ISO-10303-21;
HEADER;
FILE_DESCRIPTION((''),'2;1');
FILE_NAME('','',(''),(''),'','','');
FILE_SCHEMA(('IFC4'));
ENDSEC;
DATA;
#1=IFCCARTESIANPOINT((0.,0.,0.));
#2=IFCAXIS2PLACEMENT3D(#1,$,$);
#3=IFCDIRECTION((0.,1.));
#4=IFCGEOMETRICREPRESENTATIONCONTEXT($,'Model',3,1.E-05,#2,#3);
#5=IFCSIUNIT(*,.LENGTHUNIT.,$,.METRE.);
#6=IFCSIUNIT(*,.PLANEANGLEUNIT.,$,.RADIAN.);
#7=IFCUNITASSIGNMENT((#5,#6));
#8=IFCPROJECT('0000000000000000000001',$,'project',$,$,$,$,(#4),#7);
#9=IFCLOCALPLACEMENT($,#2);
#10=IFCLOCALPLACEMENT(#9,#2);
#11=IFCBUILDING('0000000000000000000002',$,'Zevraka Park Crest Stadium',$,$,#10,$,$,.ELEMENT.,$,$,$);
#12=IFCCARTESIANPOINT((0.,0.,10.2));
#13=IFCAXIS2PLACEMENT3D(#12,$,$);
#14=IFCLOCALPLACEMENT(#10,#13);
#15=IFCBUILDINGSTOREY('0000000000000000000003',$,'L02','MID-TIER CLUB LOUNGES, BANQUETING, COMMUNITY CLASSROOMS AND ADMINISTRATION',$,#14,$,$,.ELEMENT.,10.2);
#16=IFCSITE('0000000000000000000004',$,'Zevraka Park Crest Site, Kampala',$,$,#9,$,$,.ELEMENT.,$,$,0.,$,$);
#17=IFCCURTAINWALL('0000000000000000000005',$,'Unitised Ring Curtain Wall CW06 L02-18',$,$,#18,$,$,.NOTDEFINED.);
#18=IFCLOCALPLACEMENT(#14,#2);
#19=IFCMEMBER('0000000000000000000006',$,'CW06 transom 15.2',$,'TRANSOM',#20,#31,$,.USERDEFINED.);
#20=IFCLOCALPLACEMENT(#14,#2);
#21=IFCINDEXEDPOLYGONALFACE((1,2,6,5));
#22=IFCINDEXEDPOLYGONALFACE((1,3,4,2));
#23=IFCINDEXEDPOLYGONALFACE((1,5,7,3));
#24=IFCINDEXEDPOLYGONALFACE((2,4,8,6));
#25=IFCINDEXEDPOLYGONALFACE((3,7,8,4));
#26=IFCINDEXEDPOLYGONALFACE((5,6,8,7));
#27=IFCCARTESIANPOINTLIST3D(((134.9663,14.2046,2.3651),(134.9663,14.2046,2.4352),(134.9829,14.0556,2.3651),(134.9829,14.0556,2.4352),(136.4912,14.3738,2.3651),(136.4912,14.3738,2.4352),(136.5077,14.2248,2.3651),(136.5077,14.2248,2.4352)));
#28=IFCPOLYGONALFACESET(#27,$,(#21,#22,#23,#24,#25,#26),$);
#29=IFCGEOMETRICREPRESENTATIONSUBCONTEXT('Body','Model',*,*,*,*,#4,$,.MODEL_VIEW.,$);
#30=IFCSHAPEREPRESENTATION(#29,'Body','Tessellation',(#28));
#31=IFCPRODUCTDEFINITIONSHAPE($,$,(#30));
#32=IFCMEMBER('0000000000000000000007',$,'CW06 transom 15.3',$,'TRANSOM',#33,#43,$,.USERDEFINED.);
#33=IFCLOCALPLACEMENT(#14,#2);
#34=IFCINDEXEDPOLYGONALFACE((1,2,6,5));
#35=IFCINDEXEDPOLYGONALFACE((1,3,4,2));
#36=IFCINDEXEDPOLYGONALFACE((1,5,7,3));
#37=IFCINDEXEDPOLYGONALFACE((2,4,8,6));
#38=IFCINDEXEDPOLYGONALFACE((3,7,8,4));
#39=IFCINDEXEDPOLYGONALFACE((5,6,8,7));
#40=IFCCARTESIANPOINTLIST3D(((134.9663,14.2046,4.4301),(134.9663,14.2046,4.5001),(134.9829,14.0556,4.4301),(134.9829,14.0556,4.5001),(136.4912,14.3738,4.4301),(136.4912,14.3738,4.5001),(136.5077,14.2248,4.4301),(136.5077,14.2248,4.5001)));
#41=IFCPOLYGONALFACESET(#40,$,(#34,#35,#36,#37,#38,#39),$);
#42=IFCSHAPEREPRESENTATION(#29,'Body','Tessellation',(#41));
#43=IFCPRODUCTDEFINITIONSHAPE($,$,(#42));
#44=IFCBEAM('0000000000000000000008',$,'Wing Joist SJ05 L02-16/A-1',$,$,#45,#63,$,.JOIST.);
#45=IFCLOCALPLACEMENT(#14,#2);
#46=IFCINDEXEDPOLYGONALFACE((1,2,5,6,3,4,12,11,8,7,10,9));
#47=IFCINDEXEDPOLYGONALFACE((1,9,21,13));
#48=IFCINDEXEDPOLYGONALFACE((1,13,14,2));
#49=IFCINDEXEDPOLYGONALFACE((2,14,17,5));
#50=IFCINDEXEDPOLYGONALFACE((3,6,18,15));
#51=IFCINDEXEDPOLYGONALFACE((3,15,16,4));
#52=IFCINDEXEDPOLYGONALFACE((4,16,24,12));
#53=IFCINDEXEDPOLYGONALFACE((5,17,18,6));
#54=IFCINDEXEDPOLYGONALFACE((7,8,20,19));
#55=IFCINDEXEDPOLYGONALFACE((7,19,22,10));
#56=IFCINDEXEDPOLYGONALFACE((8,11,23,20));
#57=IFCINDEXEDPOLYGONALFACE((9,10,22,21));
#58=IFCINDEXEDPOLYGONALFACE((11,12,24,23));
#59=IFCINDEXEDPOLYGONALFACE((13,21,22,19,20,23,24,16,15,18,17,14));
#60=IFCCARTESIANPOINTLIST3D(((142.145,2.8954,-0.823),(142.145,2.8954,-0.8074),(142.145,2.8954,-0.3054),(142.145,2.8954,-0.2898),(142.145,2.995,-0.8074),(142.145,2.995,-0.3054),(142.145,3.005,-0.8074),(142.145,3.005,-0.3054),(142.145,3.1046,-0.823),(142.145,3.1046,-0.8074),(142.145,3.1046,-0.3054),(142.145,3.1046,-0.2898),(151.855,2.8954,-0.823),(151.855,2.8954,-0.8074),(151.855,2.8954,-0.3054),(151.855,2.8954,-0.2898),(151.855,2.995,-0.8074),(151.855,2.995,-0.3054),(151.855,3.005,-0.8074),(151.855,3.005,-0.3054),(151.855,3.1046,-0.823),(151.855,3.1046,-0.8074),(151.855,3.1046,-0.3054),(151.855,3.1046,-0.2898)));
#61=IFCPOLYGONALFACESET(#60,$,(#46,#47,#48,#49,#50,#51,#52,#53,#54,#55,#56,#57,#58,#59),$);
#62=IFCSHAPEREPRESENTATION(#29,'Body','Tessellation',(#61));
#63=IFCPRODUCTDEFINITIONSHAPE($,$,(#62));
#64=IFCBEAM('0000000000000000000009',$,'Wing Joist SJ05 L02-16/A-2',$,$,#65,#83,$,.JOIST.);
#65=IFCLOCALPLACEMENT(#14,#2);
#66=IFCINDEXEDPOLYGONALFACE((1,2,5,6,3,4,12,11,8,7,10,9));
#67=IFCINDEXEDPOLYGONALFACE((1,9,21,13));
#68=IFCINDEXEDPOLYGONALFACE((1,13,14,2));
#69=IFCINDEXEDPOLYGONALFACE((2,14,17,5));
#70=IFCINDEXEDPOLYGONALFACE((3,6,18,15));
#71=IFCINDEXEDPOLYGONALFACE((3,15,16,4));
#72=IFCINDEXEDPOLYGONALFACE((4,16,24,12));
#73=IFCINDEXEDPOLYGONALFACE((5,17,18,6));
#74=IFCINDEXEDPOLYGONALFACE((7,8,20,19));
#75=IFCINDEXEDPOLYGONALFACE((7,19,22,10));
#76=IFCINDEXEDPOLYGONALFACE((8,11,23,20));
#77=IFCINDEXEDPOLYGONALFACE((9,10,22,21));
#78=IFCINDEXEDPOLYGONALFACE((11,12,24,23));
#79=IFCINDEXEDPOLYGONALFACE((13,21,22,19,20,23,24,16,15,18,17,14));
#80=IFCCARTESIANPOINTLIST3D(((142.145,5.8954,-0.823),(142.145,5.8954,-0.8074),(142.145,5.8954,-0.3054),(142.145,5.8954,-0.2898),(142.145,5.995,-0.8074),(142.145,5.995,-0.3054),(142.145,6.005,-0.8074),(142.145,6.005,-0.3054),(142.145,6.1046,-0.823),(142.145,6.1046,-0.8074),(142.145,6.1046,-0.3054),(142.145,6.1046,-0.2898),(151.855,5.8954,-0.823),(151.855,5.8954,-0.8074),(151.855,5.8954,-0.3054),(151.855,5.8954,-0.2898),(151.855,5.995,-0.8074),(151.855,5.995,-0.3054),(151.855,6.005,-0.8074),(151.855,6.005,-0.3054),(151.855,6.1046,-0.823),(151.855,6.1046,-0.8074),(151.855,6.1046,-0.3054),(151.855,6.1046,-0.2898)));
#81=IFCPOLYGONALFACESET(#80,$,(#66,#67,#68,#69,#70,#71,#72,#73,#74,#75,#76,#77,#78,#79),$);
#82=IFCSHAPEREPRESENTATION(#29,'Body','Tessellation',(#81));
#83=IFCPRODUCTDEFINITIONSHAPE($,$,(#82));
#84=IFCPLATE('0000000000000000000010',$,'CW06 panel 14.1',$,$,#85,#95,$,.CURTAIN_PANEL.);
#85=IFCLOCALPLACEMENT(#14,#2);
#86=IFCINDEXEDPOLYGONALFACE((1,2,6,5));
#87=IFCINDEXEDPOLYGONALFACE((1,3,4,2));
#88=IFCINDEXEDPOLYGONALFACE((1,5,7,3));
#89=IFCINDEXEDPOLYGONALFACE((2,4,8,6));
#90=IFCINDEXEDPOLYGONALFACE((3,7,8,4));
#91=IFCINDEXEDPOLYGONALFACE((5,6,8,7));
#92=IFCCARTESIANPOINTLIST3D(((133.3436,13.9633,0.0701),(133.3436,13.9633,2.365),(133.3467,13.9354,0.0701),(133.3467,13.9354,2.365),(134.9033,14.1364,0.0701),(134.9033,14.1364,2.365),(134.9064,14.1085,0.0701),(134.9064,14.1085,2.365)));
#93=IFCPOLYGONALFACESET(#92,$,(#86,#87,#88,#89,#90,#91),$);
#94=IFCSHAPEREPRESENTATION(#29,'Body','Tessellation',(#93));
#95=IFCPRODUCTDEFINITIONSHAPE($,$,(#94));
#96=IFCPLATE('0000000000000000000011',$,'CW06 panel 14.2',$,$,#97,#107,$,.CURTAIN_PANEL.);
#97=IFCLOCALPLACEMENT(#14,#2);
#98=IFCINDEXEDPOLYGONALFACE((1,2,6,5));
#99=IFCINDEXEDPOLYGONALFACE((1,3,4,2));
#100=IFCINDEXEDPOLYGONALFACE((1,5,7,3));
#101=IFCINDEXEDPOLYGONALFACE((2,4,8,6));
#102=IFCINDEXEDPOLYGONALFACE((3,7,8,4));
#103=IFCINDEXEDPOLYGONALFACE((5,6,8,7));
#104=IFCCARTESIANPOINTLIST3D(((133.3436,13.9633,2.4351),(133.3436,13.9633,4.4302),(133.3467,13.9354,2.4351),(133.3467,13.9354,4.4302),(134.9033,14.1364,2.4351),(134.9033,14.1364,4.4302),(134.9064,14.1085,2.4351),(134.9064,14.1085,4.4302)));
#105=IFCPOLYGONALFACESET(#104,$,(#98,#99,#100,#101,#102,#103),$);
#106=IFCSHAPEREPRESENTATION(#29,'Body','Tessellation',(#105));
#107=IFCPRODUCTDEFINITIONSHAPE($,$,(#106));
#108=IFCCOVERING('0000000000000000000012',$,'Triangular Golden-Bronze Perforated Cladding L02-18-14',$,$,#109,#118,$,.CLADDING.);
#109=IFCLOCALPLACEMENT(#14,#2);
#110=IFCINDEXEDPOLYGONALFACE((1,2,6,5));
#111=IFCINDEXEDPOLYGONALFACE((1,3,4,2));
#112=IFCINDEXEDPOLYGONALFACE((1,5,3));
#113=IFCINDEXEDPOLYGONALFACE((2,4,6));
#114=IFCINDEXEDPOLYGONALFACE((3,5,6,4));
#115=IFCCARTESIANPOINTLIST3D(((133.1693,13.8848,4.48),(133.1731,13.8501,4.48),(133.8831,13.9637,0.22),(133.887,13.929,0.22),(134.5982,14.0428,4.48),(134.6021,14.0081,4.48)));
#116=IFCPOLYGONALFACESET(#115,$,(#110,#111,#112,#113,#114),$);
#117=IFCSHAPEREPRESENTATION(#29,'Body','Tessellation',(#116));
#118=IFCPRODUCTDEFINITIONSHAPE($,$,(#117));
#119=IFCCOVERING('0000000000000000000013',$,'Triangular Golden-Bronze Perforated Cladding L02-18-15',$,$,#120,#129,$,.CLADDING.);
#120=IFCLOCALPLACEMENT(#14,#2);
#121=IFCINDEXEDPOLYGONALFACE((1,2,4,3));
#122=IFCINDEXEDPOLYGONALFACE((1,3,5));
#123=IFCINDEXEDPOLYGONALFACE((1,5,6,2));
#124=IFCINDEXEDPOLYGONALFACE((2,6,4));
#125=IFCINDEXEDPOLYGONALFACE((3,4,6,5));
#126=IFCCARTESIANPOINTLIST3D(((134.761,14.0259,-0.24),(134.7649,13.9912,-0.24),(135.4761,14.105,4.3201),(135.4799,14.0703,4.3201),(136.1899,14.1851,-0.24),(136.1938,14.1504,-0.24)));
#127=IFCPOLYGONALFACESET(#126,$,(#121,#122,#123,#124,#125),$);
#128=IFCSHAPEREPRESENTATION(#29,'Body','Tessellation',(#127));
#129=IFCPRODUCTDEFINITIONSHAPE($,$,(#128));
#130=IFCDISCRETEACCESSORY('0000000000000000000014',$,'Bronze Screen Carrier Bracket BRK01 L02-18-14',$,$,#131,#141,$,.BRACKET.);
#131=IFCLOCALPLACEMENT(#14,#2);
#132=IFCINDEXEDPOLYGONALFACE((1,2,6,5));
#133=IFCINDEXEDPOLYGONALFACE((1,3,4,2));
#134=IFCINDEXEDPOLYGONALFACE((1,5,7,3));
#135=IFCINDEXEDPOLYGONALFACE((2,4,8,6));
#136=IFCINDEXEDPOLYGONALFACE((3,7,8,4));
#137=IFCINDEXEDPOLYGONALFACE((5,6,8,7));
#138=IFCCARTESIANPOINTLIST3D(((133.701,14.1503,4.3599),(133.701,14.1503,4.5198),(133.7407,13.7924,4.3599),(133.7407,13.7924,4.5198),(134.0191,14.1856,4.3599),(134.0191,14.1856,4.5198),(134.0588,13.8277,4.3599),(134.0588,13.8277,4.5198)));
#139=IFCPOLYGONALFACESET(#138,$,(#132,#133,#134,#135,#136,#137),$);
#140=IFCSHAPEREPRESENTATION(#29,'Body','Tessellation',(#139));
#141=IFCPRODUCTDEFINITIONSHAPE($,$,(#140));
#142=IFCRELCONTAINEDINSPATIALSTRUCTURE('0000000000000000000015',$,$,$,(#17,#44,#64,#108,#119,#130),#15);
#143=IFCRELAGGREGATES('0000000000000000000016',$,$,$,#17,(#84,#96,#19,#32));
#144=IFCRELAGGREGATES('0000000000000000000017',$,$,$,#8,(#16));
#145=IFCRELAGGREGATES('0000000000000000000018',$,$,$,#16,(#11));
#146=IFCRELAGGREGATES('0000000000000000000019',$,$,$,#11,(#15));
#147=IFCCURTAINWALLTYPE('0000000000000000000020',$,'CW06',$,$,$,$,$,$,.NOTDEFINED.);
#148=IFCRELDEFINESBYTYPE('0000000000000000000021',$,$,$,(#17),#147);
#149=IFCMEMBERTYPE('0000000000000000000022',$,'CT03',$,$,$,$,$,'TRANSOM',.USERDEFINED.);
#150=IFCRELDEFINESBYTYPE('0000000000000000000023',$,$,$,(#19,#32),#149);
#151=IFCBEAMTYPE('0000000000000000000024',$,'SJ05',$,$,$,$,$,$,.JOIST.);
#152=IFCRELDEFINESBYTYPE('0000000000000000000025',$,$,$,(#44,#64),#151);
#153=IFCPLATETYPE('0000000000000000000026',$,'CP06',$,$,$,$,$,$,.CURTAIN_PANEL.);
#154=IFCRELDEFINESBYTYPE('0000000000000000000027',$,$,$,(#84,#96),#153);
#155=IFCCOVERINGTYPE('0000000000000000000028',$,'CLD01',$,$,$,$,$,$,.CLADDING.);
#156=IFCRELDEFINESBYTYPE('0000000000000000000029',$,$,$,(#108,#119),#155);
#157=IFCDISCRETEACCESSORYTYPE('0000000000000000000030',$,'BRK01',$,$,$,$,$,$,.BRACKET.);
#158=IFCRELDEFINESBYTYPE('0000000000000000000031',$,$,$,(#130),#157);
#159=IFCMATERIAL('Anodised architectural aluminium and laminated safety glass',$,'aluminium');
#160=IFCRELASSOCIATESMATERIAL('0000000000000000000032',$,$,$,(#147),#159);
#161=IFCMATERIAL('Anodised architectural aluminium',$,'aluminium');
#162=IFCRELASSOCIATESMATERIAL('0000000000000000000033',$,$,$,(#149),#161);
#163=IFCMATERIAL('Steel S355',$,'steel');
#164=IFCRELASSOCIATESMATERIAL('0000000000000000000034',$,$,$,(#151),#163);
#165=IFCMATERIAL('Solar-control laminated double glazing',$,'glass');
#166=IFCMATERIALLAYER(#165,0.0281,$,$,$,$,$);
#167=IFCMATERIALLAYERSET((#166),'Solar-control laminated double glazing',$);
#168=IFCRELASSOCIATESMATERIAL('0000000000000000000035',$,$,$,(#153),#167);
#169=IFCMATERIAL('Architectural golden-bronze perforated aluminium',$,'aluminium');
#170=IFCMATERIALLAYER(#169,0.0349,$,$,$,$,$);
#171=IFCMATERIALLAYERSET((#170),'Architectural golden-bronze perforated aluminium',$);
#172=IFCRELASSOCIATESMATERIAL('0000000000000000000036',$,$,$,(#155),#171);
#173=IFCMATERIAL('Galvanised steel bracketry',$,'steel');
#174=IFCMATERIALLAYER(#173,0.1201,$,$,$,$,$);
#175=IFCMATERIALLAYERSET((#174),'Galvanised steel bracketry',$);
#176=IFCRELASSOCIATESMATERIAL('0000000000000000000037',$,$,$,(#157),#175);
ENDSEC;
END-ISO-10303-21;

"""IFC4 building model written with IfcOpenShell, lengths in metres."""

from ifc_helpers import new_model, si_unit, direction, frame, origin, origin_2d, place, context, subcontext, project, spatial, polyline, rectangle, i_section, outline, extrude, material, layer, layer_set, material_profile, profile_set, type_object, element, aggregate, save


model = new_model("IFC4")

# Units and contexts
model_context = context("Model", 3, precision=1e-05, world=origin(), true_north=direction((0.0, 1.0)))
body_context = subcontext(model_context, "Body", "Model", "MODEL_VIEW")
ifc_project = project(units=[si_unit("LENGTHUNIT", "METRE"), si_unit("PLANEANGLEUNIT", "RADIAN")], contexts=[model_context])

# Site, building, storey
site_placement = place(None, origin())
site = spatial("IfcSite", under=ifc_project, at=site_placement, Name="Zevraka Park Crest Site, Kampala", CompositionType="ELEMENT", RefElevation=0.0)
building_placement = place(site_placement, origin())
building = spatial("IfcBuilding", under=site, at=building_placement, Name="Zevraka Park Crest Stadium", CompositionType="ELEMENT")
storey_placement = place(building_placement, frame((0.0, 0.0, 10.2)))
storey = spatial("IfcBuildingStorey", under=building, at=storey_placement, Name="L02", Description="MID-TIER CLUB LOUNGES, BANQUETING, COMMUNITY CLASSROOMS AND ADMINISTRATION", CompositionType="ELEMENT", Elevation=10.2)

# Curtain wall, members
ifc_material_1 = material(Name="Anodised architectural aluminium and laminated safety glass", Category="aluminium")
curtain_wall_type = type_object("IfcCurtainWallType", Name="CW06", PredefinedType="NOTDEFINED", material=ifc_material_1)
curtain_wall_placement = place(storey_placement, origin())
curtain_wall = element("IfcCurtainWall", 1, at=curtain_wall_placement, inside=storey, type_object=curtain_wall_type, Name="Unitised Ring Curtain Wall CW06 L02-18", PredefinedType="NOTDEFINED")
ifc_material_2 = material(Name="Anodised architectural aluminium", Category="aluminium")
ifc_material_profile_1 = material_profile(ifc_material_2, rectangle(XDim=0.1499, YDim=0.0701, at=origin_2d()), Name="ALU TRANSOM 150x70")
ifc_profile_set_1 = profile_set([ifc_material_profile_1], Name="Anodised architectural aluminium")
member_type_1 = type_object("IfcMemberType", Name="CT03", ElementType="TRANSOM", PredefinedType="USERDEFINED", material=ifc_profile_set_1)
member_1_placement = place(storey_placement, frame((134.9746, 14.1301, 2.4001), z_axis=(0.993901, 0.110274, 0.0), x_axis=(-0.110274, 0.993901, 0.0)))
member_1 = element("IfcMember", 2, at=member_1_placement, type_object=member_type_1, Name="CW06 transom 15.2", ObjectType="TRANSOM", PredefinedType="USERDEFINED", context=body_context, shape_type="SweptSolid", body=[
    extrude(rectangle(XDim=0.1499, YDim=0.0701, at=origin_2d()), origin(), (0.0, 0.0, 1.0), 1.5342),
])
member_2_placement = place(storey_placement, frame((134.9746, 14.1301, 4.4651), z_axis=(0.993901, 0.110274, 0.0), x_axis=(-0.110274, 0.993901, 0.0)))
member_2 = element("IfcMember", 3, at=member_2_placement, type_object=member_type_1, Name="CW06 transom 15.3", ObjectType="TRANSOM", PredefinedType="USERDEFINED", context=body_context, shape_type="SweptSolid", body=[
    extrude(rectangle(XDim=0.1499, YDim=0.0701, at=origin_2d()), origin(), (0.0, 0.0, 1.0), 1.5342),
])

# Beams
ifc_material_3 = material(Name="Steel S355", Category="steel")
ifc_material_profile_2 = material_profile(ifc_material_3, i_section(OverallWidth=0.2092, OverallDepth=0.5332, WebThickness=0.01, FlangeThickness=0.0156, at=origin_2d()), Name="UKB 533x210x92")
ifc_profile_set_2 = profile_set([ifc_material_profile_2], Name="Steel S355")
beam_type_1 = type_object("IfcBeamType", Name="SJ05", PredefinedType="JOIST", material=ifc_profile_set_2)
for number, where, z_axis, x_axis, name in (
    (4, (142.145, 3.0, -0.5564), (1.0, 0.0, 0.0), (0.0, 1.0, 0.0), "Wing Joist SJ05 L02-16/A-1"),
    (5, (142.145, 6.0, -0.5564), (1.0, 0.0, 0.0), (0.0, 1.0, 0.0), "Wing Joist SJ05 L02-16/A-2"),
):
    element("IfcBeam", number, at=place(storey_placement, frame(where, z_axis=z_axis, x_axis=x_axis)), inside=storey, type_object=beam_type_1, Name=name, PredefinedType="JOIST", context=body_context, shape_type="SweptSolid", body=[
        extrude(i_section(OverallWidth=0.2092, OverallDepth=0.5332, WebThickness=0.01, FlangeThickness=0.0156, at=origin_2d()), origin(), (0.0, 0.0, 1.0), 9.71),
    ])

# Plates
ifc_material_4 = material(Name="Solar-control laminated double glazing", Category="glass")
ifc_layer_1 = layer(ifc_material_4, 0.0281)
ifc_layer_set_1 = layer_set([ifc_layer_1], Name="Solar-control laminated double glazing")
plate_type = type_object("IfcPlateType", Name="CP06", PredefinedType="CURTAIN_PANEL", material=ifc_layer_set_1)
plate_1_placement = place(storey_placement, frame((134.125, 14.0359, 0.0701), z_axis=(0.0, 0.0, 1.0), x_axis=(0.993899, 0.110293, 0.0)))
plate_1 = element("IfcPlate", 6, at=plate_1_placement, type_object=plate_type, Name="CW06 panel 14.1", PredefinedType="CURTAIN_PANEL", context=body_context, shape_type="SweptSolid", body=[
    extrude(rectangle(XDim=1.5693, YDim=0.0281, at=origin_2d()), origin(), (0.0, 0.0, 1.0), 2.2949),
])
plate_2_placement = place(storey_placement, frame((134.125, 14.0359, 2.4351), z_axis=(0.0, 0.0, 1.0), x_axis=(0.993899, 0.110293, 0.0)))
plate_2 = element("IfcPlate", 7, at=plate_2_placement, type_object=plate_type, Name="CW06 panel 14.2", PredefinedType="CURTAIN_PANEL", context=body_context, shape_type="SweptSolid", body=[
    extrude(rectangle(XDim=1.5693, YDim=0.0281, at=origin_2d()), origin(), (0.0, 0.0, 1.0), 1.9951),
])
aggregate(curtain_wall, [plate_1, plate_2, member_1, member_2])

# Coverings
ifc_material_5 = material(Name="Architectural golden-bronze perforated aluminium", Category="aluminium")
ifc_layer_2 = layer(ifc_material_5, 0.0349)
ifc_layer_set_2 = layer_set([ifc_layer_2], Name="Architectural golden-bronze perforated aluminium")
covering_type = type_object("IfcCoveringType", Name="CLD01", PredefinedType="CLADDING", material=ifc_layer_set_2)
covering_1_placement = place(storey_placement, frame((134.6021, 14.0081, 4.48), z_axis=(0.109872, -0.993946, 0.000013), x_axis=(-0.993946, -0.109872, 0.0)))
element("IfcCovering", 8, at=covering_1_placement, inside=storey, type_object=covering_type, Name="Triangular Golden-Bronze Perforated Cladding L02-18-14", PredefinedType="CLADDING", context=body_context, shape_type="SweptSolid", body=[
    extrude(outline(polyline([(0.0, 0.0), (1.4377, 0.0), (0.7194, 4.26), (0.0, 0.0)])), origin(), (0.0, 0.0, -1.0), 0.0349),
])
covering_2_placement = place(storey_placement, frame((134.761, 14.0259, -0.24), z_axis=(-0.110711, 0.993853, 0.000121), x_axis=(0.993853, 0.110711, 0.0)))
element("IfcCovering", 9, at=covering_2_placement, inside=storey, type_object=covering_type, Name="Triangular Golden-Bronze Perforated Cladding L02-18-15", PredefinedType="CLADDING", context=body_context, shape_type="SweptSolid", body=[
    extrude(outline(polyline([(0.0, 0.0), (1.4378, 0.0), (0.7194, -4.5601), (0.0, 0.0)])), origin(), (0.0, 0.0, -1.0), 0.0349),
])

# Discrete accessory
ifc_material_6 = material(Name="Galvanised steel bracketry", Category="steel")
ifc_layer_3 = layer(ifc_material_6, 0.1201)
ifc_layer_set_3 = layer_set([ifc_layer_3], Name="Galvanised steel bracketry")
discrete_accessory_type = type_object("IfcDiscreteAccessoryType", Name="BRK01", PredefinedType="BRACKET", material=ifc_layer_set_3)
discrete_accessory_placement = place(storey_placement, frame((133.8799, 13.989, 4.3599), z_axis=(0.0, 0.0, 1.0), x_axis=(0.993903, 0.110255, 0.0)))
element("IfcDiscreteAccessory", 10, at=discrete_accessory_placement, inside=storey, type_object=discrete_accessory_type, Name="Bronze Screen Carrier Bracket BRK01 L02-18-14", PredefinedType="BRACKET", context=body_context, shape_type="SweptSolid", body=[
    extrude(rectangle(XDim=0.3201, YDim=0.3601, at=origin_2d()), origin(), (0.0, 0.0, 1.0), 0.1599),
])

save(model, "model.ifc")
